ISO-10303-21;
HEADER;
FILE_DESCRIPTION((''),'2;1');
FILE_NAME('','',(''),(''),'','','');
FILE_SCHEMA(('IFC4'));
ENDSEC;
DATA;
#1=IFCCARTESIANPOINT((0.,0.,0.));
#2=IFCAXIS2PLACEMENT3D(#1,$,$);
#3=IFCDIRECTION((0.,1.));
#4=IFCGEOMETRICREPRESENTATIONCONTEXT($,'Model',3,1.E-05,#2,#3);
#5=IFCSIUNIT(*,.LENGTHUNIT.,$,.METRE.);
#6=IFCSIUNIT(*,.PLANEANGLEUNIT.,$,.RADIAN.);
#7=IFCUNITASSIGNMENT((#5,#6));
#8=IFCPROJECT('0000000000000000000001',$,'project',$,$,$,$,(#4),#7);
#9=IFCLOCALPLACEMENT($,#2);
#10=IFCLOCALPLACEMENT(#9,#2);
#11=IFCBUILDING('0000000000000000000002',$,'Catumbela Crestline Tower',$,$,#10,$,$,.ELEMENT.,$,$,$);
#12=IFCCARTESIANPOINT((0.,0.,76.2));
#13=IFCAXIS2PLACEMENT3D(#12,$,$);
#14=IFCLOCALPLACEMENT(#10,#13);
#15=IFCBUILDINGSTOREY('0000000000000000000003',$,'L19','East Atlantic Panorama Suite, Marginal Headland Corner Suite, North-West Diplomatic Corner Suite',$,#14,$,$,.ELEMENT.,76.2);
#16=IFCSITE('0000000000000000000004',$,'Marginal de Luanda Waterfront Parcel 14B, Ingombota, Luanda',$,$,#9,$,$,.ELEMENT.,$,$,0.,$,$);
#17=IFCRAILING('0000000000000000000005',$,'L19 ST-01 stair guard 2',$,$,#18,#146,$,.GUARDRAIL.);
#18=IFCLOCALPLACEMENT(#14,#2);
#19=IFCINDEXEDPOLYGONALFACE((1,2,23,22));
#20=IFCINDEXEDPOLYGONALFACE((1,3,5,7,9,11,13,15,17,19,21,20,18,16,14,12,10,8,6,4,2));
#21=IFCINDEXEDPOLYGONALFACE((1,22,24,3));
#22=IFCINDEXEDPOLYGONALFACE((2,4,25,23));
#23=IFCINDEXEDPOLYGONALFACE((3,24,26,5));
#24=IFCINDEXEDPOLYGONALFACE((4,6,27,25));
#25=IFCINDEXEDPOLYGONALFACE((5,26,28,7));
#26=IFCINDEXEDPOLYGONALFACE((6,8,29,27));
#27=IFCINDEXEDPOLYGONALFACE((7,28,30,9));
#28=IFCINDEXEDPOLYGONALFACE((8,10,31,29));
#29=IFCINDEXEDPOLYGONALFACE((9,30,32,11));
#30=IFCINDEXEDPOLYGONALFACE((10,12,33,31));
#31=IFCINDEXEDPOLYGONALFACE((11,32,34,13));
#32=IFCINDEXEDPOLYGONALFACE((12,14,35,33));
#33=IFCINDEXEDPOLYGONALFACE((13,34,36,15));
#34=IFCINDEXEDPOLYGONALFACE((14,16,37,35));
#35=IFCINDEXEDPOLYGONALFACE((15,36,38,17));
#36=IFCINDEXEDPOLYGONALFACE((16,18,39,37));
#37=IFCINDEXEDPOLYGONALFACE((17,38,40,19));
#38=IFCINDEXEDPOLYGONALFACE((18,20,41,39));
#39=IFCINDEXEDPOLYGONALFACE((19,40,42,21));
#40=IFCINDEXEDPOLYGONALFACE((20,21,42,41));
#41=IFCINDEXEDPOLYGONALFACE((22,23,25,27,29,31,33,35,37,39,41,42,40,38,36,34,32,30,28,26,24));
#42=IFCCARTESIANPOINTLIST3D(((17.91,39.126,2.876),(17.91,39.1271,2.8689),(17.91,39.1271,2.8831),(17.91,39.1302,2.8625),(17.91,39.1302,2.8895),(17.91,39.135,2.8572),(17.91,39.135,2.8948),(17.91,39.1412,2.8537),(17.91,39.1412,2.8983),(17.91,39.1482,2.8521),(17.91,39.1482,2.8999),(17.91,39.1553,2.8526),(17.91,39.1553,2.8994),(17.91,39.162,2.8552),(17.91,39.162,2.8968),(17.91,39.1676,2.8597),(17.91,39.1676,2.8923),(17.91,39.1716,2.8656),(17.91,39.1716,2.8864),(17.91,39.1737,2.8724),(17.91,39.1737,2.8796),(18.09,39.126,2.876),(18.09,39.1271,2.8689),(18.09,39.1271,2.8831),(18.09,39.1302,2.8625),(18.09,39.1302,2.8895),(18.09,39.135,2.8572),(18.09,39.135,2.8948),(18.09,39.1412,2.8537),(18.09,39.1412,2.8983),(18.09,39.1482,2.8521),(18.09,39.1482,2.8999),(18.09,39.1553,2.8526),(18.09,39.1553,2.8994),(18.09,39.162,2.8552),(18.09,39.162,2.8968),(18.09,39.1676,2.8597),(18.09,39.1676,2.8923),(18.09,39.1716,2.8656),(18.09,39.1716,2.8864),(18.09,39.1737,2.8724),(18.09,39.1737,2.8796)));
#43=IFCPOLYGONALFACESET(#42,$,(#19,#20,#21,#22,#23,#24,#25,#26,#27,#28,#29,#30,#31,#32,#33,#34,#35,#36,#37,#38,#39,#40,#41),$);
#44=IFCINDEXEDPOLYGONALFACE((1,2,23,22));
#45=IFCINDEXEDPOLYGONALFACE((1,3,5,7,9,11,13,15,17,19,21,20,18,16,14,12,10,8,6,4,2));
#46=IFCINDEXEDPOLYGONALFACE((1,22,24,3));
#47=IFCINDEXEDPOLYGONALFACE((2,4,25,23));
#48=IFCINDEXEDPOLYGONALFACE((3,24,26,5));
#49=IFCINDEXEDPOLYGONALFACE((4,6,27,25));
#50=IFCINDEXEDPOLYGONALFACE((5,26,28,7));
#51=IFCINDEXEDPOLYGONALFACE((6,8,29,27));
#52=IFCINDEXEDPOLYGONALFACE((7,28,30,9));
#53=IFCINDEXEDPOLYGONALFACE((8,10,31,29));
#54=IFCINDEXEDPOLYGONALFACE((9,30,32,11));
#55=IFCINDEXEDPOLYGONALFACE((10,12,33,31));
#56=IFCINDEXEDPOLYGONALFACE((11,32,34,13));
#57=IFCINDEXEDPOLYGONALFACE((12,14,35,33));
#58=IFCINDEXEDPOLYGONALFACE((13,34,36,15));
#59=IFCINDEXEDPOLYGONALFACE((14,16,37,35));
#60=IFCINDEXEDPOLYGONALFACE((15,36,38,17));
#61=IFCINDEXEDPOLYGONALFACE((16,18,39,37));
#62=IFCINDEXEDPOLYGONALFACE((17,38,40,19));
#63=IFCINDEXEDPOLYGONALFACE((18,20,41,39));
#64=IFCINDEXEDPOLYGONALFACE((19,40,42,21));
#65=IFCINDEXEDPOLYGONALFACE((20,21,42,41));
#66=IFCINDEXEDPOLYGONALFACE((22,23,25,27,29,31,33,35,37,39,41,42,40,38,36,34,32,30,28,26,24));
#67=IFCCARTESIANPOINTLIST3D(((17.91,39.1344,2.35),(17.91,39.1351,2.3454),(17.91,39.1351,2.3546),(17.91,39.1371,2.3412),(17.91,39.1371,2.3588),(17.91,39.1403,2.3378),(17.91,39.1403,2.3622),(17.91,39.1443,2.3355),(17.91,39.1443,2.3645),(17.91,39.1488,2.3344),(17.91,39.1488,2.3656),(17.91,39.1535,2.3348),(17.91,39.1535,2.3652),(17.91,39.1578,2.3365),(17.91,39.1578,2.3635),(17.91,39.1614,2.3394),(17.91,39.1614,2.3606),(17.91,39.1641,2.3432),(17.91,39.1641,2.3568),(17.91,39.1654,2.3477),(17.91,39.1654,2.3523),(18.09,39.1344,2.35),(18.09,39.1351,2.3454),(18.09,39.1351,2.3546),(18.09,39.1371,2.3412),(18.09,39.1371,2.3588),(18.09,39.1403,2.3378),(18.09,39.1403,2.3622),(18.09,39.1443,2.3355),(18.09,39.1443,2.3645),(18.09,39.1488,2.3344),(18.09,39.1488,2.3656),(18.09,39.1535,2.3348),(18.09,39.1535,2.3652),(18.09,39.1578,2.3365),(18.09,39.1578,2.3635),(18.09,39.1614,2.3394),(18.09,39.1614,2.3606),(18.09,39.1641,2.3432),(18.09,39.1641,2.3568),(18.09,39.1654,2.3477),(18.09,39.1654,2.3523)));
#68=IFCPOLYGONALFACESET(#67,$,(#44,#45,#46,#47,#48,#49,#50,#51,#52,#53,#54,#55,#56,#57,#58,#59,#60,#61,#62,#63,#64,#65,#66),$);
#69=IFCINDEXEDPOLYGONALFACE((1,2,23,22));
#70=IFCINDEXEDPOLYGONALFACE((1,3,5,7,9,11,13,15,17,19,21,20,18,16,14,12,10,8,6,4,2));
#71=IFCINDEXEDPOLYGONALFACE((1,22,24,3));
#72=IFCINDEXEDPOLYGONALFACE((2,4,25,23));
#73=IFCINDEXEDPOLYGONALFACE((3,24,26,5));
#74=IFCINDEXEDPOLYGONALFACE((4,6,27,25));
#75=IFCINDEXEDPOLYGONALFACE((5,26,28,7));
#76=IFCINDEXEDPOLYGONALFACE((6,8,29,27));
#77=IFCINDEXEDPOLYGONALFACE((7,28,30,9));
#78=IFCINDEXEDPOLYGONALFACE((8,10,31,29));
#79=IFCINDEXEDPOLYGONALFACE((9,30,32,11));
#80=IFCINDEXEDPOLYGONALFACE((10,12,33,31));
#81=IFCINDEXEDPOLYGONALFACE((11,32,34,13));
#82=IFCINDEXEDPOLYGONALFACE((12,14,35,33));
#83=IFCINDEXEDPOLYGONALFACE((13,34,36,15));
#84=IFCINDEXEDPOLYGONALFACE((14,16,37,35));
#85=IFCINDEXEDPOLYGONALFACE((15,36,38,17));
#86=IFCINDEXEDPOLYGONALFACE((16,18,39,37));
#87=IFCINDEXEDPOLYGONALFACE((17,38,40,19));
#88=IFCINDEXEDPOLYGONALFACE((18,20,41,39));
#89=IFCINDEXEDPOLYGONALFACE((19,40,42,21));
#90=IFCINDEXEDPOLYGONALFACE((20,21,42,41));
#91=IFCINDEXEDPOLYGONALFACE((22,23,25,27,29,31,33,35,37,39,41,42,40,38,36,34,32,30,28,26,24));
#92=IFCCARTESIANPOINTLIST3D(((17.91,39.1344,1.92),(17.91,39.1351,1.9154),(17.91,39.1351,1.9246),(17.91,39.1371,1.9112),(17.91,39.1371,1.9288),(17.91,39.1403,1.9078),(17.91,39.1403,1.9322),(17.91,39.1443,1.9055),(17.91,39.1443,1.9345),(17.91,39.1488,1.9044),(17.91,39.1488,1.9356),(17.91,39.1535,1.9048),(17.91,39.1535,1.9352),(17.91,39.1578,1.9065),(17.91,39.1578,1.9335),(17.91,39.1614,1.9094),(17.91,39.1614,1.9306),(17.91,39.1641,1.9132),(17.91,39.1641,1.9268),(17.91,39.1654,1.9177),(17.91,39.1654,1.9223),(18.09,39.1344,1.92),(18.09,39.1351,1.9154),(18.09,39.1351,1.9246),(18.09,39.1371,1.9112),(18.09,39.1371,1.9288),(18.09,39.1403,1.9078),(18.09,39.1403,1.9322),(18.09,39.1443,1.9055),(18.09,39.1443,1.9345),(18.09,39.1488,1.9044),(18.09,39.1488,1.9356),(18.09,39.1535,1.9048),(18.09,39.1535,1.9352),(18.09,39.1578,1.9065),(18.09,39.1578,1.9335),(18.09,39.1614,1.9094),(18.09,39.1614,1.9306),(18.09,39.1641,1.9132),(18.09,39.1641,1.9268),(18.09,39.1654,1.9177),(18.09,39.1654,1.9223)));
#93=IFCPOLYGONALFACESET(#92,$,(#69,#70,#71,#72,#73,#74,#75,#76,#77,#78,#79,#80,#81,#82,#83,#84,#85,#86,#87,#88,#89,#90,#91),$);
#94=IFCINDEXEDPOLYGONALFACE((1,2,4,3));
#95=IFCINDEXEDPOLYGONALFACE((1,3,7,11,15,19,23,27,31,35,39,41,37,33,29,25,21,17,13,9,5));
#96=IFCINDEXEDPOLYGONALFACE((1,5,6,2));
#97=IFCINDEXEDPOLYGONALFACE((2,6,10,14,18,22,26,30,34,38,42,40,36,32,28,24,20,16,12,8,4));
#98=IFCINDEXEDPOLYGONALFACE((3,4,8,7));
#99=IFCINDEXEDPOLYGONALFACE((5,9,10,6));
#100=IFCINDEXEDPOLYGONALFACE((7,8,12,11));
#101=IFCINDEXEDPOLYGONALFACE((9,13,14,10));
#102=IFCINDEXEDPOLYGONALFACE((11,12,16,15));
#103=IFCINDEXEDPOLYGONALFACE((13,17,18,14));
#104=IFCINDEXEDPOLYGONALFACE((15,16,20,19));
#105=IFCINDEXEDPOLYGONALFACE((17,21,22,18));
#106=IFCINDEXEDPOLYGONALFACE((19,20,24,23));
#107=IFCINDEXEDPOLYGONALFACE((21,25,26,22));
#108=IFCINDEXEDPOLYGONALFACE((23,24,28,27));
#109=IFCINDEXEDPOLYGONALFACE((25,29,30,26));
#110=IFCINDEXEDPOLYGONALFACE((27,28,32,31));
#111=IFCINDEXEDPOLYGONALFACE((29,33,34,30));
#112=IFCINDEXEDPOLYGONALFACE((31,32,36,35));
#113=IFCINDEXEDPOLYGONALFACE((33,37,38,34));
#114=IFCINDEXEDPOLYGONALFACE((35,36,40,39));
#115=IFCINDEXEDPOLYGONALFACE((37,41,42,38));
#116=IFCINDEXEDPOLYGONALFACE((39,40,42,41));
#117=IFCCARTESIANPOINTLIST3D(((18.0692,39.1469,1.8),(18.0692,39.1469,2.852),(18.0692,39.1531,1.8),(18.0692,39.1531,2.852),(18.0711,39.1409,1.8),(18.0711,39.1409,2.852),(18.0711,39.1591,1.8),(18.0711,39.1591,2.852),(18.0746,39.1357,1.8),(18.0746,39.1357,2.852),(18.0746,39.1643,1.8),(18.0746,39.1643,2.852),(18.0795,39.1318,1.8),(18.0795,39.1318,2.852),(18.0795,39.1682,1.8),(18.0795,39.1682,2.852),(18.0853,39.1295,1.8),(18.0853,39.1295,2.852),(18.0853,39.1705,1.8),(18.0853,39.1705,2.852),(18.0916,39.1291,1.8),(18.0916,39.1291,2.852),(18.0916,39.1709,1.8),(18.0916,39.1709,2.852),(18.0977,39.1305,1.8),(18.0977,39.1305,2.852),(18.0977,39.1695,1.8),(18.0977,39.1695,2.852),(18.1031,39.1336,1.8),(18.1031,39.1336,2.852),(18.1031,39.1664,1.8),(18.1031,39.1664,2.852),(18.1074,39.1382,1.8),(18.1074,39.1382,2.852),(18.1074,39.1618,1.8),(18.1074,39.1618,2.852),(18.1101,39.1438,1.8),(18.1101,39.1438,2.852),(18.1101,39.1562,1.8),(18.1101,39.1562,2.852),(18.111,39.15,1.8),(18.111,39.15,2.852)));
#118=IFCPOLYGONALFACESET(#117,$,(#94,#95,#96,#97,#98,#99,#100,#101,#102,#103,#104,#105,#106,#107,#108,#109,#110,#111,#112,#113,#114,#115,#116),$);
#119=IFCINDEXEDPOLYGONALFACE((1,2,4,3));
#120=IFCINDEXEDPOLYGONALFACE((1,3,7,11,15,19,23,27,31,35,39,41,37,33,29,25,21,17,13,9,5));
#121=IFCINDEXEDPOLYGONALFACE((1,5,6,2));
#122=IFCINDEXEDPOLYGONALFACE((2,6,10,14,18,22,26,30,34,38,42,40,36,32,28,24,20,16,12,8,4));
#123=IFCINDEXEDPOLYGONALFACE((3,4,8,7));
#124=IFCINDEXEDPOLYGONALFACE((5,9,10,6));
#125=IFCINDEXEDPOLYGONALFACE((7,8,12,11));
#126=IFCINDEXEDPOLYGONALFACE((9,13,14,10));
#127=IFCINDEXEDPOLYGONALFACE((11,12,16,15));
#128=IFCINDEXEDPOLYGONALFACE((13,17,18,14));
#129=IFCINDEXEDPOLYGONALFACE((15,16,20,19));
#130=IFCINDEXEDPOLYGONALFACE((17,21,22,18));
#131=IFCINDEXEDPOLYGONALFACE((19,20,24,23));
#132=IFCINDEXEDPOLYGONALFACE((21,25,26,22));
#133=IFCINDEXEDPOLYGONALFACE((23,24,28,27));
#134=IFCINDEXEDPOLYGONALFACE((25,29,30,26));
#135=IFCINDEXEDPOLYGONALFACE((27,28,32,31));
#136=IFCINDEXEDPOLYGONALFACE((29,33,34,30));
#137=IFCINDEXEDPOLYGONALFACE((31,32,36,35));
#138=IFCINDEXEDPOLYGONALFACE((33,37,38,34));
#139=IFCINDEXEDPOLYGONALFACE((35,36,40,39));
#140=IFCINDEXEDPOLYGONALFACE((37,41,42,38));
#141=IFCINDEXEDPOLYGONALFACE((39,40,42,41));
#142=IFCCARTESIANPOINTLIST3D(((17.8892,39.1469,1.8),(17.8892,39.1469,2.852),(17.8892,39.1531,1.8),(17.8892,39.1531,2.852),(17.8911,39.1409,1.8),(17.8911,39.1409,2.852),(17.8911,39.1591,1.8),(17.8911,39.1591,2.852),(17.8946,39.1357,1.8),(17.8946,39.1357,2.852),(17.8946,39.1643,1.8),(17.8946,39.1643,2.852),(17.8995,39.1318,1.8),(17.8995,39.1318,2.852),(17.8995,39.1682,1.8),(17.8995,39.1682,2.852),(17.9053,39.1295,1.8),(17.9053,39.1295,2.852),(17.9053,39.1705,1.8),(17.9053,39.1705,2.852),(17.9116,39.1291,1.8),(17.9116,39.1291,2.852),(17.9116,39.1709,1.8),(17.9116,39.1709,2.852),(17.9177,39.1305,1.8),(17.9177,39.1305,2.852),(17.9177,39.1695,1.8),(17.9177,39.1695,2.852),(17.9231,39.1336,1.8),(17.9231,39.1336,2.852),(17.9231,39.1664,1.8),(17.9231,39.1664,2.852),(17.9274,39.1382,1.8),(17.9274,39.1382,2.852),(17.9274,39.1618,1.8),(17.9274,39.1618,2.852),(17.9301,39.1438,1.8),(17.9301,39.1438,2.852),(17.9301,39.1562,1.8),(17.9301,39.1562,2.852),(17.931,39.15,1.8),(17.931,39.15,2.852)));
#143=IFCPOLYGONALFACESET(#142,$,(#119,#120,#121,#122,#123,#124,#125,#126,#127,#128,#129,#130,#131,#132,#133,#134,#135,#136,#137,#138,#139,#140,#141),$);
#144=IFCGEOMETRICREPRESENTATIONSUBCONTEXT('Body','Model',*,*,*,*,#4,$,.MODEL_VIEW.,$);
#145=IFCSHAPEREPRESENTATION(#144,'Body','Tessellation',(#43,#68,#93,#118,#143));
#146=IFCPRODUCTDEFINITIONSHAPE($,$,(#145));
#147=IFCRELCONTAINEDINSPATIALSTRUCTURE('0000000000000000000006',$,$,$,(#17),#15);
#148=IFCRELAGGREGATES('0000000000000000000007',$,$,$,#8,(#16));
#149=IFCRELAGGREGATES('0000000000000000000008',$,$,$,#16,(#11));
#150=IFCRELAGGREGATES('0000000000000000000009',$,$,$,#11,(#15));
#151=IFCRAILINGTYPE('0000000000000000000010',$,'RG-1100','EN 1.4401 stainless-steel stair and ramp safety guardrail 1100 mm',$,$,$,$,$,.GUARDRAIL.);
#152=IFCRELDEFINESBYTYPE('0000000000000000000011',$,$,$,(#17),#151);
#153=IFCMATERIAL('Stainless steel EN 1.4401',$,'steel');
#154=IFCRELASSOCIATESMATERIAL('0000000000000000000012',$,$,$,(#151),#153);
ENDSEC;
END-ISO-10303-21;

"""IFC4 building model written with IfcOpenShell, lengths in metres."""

from ifc_helpers import new_model, si_unit, direction, frame, origin, origin_2d, place, context, subcontext, project, spatial, circle, extrude, material, type_object, element, save


model = new_model("IFC4")

# Units and contexts
model_context = context("Model", 3, precision=1e-05, world=origin(), true_north=direction((0.0, 1.0)))
body_context = subcontext(model_context, "Body", "Model", "MODEL_VIEW")
ifc_project = project(units=[si_unit("LENGTHUNIT", "METRE"), si_unit("PLANEANGLEUNIT", "RADIAN")], contexts=[model_context])

# Site, building, storey
site_placement = place(None, origin())
site = spatial("IfcSite", under=ifc_project, at=site_placement, Name="Marginal de Luanda Waterfront Parcel 14B, Ingombota, Luanda", CompositionType="ELEMENT", RefElevation=0.0)
building_placement = place(site_placement, origin())
building = spatial("IfcBuilding", under=site, at=building_placement, Name="Catumbela Crestline Tower", CompositionType="ELEMENT")
storey_placement = place(building_placement, frame((0.0, 0.0, 76.2)))
storey = spatial("IfcBuildingStorey", under=building, at=storey_placement, Name="L19", Description="East Atlantic Panorama Suite, Marginal Headland Corner Suite, North-West Diplomatic Corner Suite", CompositionType="ELEMENT", Elevation=76.2)

# Shared definitions
ifc_material_1 = material(Name="Stainless steel EN 1.4401", Category="steel")

# Railing
railing_type_1 = type_object("IfcRailingType", Name="RG-1100", Description="EN 1.4401 stainless-steel stair and ramp safety guardrail 1100 mm", PredefinedType="GUARDRAIL", material=ifc_material_1)
railing_1_placement = place(storey_placement, frame((18.09, 39.15, 1.8)))
element("IfcRailing", 1, at=railing_1_placement, inside=storey, type_object=railing_type_1, Name="L19 ST-01 stair guard 2", PredefinedType="GUARDRAIL", context=body_context, shape_type="SweptSolid", body=[
    extrude(circle(Radius=0.024, at=origin_2d()), frame((0.0, 0.0, 1.076), z_axis=(-1.0, 0.0, 0.0), x_axis=(0.0, -1.0, 0.0)), (0.0, 0.0, 1.0), 0.18),
    extrude(circle(Radius=0.0156, at=origin_2d()), frame((0.0, 0.0, 0.55), z_axis=(-1.0, 0.0, 0.0), x_axis=(0.0, -1.0, 0.0)), (0.0, 0.0, 1.0), 0.18),
    extrude(circle(Radius=0.0156, at=origin_2d()), frame((0.0, 0.0, 0.12), z_axis=(-1.0, 0.0, 0.0), x_axis=(0.0, -1.0, 0.0)), (0.0, 0.0, 1.0), 0.18),
    extrude(circle(Radius=0.021, at=origin_2d()), origin(), (0.0, 0.0, 1.0), 1.052),
    extrude(circle(Radius=0.021, at=origin_2d()), frame((-0.18, 0.0, 0.0)), (0.0, 0.0, 1.0), 1.052),
])

save(model, "model.ifc")
